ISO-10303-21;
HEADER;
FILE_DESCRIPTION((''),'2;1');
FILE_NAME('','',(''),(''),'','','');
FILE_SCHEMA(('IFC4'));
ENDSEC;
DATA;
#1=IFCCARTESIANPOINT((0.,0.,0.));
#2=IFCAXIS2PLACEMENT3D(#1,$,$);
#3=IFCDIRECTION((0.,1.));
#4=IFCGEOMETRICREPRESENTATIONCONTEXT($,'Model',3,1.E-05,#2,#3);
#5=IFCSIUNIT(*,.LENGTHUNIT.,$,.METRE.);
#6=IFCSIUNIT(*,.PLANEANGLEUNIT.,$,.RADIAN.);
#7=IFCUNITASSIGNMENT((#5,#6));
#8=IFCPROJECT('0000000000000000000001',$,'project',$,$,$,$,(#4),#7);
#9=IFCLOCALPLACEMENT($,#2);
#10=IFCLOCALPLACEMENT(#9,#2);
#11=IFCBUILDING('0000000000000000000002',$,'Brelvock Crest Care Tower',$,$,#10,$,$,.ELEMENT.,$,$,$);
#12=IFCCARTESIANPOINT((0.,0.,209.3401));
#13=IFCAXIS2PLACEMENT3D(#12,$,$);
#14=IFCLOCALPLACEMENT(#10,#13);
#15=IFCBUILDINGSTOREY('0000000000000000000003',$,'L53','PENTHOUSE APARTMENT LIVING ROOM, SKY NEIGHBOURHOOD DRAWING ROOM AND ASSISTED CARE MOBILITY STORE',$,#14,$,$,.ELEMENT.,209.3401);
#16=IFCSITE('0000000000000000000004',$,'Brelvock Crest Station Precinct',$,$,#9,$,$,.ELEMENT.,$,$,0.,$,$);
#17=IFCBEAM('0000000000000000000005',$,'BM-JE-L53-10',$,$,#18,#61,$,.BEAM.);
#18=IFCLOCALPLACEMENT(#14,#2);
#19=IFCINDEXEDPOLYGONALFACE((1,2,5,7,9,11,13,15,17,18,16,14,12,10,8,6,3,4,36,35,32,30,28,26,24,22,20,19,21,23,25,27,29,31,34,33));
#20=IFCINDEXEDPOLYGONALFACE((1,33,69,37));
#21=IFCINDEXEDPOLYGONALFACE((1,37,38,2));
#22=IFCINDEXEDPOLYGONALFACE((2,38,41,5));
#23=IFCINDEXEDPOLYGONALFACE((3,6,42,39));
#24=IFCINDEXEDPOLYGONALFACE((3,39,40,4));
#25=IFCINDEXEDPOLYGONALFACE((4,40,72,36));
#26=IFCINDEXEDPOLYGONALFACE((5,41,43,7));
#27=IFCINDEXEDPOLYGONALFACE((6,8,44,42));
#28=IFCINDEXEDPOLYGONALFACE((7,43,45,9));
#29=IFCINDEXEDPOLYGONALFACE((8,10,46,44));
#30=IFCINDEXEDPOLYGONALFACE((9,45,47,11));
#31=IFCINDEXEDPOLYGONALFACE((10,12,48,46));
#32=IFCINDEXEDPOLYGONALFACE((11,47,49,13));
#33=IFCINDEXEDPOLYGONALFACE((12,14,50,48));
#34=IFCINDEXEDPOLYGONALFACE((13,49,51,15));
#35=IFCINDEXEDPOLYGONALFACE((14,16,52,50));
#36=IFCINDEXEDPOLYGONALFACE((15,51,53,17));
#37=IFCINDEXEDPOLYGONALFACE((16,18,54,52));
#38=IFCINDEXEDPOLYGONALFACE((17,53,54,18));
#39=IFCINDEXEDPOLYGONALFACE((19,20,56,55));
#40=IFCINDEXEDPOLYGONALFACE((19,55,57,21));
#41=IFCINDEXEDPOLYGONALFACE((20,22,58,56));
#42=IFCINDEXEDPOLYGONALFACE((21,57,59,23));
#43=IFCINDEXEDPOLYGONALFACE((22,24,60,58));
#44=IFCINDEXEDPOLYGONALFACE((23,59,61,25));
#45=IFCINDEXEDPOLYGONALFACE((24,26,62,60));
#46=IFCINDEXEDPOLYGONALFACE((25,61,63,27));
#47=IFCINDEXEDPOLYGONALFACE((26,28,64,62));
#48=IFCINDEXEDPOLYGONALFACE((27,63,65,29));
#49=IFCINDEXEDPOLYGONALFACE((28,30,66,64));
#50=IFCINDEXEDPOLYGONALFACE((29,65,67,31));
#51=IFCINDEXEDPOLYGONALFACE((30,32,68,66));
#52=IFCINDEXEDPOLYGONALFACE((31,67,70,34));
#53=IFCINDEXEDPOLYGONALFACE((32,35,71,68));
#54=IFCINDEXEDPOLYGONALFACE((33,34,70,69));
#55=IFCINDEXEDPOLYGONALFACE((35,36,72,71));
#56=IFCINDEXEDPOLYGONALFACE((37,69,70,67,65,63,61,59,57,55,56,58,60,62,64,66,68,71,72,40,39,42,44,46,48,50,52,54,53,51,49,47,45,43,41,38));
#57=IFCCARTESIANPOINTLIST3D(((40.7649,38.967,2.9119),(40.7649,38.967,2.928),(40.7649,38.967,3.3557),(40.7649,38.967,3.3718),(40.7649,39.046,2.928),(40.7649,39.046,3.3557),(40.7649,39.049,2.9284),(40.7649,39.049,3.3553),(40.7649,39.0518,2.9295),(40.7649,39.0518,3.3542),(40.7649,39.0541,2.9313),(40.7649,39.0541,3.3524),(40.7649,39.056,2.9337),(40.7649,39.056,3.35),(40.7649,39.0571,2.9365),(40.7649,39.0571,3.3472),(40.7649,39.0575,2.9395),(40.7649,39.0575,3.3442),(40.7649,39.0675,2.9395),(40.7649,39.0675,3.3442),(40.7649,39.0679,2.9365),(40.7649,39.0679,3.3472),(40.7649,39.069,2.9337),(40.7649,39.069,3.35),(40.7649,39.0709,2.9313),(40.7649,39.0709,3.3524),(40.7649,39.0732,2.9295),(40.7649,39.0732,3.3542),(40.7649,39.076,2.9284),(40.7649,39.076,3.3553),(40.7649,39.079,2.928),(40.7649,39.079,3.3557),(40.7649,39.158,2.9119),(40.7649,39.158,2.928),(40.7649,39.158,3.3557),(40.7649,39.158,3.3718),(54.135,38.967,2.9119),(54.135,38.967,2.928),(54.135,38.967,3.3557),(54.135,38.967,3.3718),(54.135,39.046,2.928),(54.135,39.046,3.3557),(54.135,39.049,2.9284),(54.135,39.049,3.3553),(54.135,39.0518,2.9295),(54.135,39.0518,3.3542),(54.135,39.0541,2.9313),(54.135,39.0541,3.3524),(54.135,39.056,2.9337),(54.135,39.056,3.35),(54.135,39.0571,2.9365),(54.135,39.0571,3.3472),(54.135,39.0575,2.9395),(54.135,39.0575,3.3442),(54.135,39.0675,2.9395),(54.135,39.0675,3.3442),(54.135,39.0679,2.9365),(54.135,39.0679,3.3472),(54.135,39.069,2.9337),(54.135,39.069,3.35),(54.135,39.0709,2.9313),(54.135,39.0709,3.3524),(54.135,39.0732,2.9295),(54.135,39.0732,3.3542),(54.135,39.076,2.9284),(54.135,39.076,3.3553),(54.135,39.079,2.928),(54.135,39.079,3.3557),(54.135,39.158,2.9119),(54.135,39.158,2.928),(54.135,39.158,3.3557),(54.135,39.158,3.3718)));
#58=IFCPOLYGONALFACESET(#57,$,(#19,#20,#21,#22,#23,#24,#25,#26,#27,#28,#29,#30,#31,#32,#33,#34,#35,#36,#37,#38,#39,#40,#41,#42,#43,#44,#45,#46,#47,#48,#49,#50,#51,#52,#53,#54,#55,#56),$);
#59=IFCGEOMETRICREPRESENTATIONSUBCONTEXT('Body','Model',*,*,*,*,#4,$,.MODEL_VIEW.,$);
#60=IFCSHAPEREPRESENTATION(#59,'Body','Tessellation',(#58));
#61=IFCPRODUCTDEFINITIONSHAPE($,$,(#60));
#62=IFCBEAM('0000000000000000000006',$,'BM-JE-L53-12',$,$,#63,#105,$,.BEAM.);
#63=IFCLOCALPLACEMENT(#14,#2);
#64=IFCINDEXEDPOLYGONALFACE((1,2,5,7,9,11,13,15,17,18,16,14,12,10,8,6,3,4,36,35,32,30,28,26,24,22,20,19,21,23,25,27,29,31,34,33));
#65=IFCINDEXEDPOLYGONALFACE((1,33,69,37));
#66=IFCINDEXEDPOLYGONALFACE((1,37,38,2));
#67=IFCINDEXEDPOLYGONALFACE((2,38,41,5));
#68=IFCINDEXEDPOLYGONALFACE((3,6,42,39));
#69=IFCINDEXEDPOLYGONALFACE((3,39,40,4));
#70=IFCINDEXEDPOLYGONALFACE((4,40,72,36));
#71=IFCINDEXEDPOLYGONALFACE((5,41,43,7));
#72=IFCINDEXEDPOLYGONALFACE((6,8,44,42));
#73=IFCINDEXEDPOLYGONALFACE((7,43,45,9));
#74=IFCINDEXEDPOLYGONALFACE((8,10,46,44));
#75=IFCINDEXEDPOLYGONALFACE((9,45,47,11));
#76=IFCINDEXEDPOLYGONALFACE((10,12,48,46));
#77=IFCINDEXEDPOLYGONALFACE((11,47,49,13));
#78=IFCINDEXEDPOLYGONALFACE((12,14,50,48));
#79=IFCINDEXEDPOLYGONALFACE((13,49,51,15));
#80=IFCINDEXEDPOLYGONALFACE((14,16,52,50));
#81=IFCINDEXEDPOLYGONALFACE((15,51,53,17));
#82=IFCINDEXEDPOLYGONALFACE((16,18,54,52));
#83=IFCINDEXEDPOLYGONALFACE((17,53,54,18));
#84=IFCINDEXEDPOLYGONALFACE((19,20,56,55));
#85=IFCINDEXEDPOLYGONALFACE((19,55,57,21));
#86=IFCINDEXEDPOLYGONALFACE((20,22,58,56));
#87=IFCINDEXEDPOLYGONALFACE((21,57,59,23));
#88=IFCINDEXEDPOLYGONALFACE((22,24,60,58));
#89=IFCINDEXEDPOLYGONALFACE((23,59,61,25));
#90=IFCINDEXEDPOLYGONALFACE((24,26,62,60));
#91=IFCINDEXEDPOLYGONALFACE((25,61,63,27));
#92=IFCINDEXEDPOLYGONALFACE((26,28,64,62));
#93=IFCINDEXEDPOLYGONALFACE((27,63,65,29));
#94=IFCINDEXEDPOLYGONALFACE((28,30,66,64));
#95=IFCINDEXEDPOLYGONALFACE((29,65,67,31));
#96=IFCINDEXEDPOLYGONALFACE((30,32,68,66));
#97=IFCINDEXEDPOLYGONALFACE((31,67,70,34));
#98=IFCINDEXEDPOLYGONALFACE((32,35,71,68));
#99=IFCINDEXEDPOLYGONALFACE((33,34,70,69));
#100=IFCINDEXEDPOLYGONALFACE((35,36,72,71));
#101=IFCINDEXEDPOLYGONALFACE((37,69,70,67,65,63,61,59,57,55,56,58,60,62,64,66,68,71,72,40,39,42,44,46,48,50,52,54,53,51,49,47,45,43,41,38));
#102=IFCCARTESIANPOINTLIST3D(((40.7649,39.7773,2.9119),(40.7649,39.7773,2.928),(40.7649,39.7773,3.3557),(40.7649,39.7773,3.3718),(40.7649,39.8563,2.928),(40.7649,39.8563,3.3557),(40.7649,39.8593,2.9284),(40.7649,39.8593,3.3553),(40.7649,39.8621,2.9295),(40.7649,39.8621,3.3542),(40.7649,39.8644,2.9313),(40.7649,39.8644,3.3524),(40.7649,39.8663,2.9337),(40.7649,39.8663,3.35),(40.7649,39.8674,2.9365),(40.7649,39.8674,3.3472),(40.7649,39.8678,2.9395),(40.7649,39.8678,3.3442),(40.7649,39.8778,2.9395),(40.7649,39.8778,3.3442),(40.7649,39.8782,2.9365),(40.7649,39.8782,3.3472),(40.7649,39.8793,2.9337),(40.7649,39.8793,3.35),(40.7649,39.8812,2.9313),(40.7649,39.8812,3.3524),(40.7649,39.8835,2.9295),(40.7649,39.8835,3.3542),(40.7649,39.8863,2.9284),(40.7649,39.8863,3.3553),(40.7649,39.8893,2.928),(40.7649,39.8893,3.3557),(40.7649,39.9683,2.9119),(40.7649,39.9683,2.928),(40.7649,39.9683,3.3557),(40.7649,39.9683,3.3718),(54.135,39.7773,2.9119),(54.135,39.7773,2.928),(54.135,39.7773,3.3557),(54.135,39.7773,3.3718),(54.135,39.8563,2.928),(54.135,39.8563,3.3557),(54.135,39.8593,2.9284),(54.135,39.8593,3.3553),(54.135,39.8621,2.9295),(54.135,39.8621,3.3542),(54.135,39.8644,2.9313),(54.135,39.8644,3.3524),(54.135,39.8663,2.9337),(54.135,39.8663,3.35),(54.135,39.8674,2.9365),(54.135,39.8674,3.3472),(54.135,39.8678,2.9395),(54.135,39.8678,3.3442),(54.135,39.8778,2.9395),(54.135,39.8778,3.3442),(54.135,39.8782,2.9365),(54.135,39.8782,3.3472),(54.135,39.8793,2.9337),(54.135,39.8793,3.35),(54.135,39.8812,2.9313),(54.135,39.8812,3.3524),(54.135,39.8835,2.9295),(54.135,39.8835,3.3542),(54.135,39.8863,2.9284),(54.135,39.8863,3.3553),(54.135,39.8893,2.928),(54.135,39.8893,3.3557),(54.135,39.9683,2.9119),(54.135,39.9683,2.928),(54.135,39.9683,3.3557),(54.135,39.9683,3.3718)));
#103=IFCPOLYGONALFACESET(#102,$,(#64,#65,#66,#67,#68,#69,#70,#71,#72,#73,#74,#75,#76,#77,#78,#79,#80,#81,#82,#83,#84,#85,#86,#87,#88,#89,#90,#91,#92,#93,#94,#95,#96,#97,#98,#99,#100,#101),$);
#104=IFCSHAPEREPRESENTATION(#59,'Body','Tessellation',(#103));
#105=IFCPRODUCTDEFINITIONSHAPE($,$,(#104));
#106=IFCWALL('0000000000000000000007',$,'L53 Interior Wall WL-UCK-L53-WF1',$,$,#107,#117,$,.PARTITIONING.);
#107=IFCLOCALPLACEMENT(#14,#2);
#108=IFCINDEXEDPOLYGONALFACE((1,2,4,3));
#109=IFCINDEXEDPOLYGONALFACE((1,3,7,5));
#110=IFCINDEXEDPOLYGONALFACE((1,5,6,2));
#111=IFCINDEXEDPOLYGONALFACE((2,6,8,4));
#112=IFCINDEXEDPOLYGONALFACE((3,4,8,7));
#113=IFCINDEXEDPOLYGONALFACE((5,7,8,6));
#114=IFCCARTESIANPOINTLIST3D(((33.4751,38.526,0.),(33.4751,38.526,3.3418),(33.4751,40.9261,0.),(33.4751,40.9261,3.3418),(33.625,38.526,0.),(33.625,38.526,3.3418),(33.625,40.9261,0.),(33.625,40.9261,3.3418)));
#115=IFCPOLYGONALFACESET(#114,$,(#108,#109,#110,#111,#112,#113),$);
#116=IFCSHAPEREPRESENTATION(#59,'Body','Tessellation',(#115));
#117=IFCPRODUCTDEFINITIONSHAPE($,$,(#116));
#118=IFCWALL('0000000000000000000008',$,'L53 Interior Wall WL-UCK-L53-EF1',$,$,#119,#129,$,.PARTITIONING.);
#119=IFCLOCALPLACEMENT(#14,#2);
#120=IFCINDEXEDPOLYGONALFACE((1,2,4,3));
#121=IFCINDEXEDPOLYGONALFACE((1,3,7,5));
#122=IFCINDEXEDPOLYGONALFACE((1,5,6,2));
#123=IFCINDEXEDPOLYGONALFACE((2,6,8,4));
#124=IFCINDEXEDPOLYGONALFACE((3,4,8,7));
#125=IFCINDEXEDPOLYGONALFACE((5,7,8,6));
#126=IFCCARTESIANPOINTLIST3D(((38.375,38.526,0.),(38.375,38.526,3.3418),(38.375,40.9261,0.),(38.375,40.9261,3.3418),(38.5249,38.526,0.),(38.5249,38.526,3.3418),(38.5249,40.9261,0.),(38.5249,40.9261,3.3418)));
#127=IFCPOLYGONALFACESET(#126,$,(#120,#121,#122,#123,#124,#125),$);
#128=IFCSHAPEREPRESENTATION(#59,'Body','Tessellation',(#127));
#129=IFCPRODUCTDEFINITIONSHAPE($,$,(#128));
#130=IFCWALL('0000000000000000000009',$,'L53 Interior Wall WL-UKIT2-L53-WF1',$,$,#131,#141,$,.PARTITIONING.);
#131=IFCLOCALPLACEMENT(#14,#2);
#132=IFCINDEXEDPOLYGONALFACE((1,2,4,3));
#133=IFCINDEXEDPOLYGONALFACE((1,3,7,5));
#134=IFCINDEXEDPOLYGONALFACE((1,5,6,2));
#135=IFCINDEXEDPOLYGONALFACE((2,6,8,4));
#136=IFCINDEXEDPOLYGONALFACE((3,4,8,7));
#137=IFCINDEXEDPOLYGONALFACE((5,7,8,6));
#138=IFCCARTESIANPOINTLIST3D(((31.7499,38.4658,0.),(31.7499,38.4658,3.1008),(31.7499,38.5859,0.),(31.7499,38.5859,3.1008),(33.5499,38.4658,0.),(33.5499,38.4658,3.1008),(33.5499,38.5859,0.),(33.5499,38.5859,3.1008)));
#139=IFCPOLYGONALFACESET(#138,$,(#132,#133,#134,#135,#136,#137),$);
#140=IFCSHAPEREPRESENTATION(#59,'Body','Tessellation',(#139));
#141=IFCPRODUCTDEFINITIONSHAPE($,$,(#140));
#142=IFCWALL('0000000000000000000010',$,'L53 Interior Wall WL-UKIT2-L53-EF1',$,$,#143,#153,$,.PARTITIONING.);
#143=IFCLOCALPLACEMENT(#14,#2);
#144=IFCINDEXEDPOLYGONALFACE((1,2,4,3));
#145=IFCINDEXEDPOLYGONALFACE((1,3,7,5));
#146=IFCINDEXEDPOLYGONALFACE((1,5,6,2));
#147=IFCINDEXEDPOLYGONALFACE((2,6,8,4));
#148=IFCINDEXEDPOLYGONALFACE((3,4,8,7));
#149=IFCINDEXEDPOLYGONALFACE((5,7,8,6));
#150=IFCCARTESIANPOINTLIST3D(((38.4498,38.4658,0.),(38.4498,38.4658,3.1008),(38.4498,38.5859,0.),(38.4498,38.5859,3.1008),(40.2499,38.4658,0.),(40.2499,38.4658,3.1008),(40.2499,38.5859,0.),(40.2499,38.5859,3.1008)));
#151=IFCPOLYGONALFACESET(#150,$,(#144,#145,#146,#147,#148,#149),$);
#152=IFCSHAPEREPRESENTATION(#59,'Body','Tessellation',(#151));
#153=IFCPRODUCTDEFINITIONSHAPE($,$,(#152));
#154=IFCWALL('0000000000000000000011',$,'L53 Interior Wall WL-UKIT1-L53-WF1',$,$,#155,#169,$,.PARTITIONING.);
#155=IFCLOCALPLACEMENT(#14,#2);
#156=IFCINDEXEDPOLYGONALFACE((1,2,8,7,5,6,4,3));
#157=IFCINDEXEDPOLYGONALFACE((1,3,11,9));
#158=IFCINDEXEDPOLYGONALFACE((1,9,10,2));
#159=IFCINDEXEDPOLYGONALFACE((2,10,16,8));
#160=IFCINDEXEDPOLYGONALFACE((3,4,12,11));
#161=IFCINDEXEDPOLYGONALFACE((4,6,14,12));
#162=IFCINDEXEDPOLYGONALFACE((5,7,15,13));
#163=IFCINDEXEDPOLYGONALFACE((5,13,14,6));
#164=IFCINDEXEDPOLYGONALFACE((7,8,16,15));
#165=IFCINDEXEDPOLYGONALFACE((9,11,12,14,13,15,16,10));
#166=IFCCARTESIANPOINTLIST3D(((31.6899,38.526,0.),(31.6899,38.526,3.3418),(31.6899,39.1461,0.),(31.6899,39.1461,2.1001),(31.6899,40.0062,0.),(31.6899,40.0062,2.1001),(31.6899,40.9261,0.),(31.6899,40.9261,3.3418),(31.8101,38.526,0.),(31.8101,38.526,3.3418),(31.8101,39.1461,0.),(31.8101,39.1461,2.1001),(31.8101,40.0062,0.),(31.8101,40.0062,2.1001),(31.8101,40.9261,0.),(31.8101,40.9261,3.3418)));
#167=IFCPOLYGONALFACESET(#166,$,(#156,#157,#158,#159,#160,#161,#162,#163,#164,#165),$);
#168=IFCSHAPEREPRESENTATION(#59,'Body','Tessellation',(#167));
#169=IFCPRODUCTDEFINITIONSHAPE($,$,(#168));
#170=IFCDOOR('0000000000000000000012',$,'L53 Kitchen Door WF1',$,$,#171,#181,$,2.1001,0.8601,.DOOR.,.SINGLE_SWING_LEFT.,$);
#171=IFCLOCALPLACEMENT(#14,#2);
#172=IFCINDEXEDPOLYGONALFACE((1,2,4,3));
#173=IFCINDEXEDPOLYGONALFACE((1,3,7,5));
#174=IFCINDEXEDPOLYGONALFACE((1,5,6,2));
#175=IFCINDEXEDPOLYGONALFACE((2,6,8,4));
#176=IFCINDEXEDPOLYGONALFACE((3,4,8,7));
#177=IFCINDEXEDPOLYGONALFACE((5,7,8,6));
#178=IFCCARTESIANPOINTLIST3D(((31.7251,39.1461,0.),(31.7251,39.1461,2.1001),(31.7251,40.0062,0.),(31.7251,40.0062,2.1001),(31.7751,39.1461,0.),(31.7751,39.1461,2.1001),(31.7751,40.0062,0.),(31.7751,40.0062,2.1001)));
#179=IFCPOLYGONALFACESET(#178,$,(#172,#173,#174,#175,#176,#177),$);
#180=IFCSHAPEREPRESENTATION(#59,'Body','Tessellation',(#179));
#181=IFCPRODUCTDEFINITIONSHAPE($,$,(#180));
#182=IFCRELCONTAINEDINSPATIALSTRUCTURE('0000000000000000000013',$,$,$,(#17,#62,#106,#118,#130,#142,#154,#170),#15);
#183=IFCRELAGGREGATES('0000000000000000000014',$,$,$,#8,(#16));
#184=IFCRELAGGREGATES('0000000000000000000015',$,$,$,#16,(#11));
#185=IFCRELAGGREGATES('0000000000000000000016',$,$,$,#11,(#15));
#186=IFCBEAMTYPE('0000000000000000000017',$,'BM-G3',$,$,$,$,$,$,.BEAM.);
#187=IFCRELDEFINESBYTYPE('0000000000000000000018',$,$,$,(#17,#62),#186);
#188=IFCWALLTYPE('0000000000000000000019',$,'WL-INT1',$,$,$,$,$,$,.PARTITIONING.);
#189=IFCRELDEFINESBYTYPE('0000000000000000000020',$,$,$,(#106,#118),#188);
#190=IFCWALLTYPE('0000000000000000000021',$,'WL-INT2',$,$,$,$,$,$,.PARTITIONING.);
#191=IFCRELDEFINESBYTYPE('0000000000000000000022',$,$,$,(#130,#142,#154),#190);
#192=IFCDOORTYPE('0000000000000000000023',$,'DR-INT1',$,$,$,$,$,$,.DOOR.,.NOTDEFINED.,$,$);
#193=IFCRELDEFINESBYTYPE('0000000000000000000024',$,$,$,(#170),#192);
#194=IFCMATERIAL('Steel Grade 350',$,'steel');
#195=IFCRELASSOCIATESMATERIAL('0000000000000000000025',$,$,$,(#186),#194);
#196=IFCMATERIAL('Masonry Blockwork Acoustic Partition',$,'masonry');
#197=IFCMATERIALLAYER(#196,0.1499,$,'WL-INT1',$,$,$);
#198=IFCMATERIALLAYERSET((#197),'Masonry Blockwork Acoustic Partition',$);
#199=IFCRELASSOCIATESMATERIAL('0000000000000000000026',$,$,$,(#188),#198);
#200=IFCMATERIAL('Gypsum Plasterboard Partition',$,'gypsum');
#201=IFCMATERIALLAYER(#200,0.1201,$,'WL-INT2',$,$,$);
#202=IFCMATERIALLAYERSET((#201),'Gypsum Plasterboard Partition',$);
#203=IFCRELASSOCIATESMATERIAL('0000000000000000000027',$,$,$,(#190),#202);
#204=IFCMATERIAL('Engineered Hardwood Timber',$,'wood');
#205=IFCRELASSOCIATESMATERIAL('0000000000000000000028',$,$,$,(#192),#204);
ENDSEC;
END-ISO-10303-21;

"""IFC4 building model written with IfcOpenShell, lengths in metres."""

from ifc_helpers import new_model, si_unit, direction, frame, frame_2d, origin, origin_2d, place, context, subcontext, project, spatial, rectangle, i_section, extrude, source, transform, mapped, material, layer, layer_set, material_profile, profile_set, type_object, element, fill, save


model = new_model("IFC4")

# Units and contexts
model_context = context("Model", 3, precision=1e-05, world=origin(), true_north=direction((0.0, 1.0)))
body_context = subcontext(model_context, "Body", "Model", "MODEL_VIEW")
ifc_project = project(units=[si_unit("LENGTHUNIT", "METRE"), si_unit("PLANEANGLEUNIT", "RADIAN")], contexts=[model_context])

# Site, building, storey
site_placement = place(None, origin())
site = spatial("IfcSite", under=ifc_project, at=site_placement, Name="Brelvock Crest Station Precinct", CompositionType="ELEMENT", RefElevation=0.0)
building_placement = place(site_placement, origin())
building = spatial("IfcBuilding", under=site, at=building_placement, Name="Brelvock Crest Care Tower", CompositionType="ELEMENT")
storey_placement = place(building_placement, frame((0.0, 0.0, 209.3401)))
storey = spatial("IfcBuildingStorey", under=building, at=storey_placement, Name="L53", Description="PENTHOUSE APARTMENT LIVING ROOM, SKY NEIGHBOURHOOD DRAWING ROOM AND ASSISTED CARE MOBILITY STORE", CompositionType="ELEMENT", Elevation=209.3401)

# Beams
ifc_material_1 = material(Name="Steel Grade 350", Category="steel")
ifc_material_profile_1 = material_profile(ifc_material_1, i_section(OverallWidth=0.1909, OverallDepth=0.46, WebThickness=0.01, FlangeThickness=0.0161, FilletRadius=0.0115, at=origin_2d()), Name="460UB82.1")
ifc_profile_set_1 = profile_set([ifc_material_profile_1], Name="Steel Grade 350")
beam_type_1 = type_object("IfcBeamType", Name="BM-G3", PredefinedType="BEAM", material=ifc_profile_set_1)
shared_shape_1 = source(origin(), body_context, "Body", "SweptSolid", [
    extrude(i_section(OverallWidth=0.1909, OverallDepth=0.46, WebThickness=0.01, FlangeThickness=0.0161, FilletRadius=0.0115, at=origin_2d()), origin(), (0.0, 0.0, 1.0), 13.3701),
])
for number, where, z_axis, x_axis, name in (
    (1, (40.7649, 39.0625, 3.1418), (1.0, 0.0, 0.0), (0.0, 1.0, 0.0), "BM-JE-L53-10"),
    (2, (40.7649, 39.8728, 3.1418), (1.0, 0.0, 0.0), (0.0, 1.0, 0.0), "BM-JE-L53-12"),
):
    element("IfcBeam", number, at=place(storey_placement, frame(where, z_axis=z_axis, x_axis=x_axis)), inside=storey, type_object=beam_type_1, Name=name, PredefinedType="BEAM", context=body_context, shape_type="MappedRepresentation", body=[
        mapped(shared_shape_1, transform((0.0, 0.0, 0.0), x_axis=(1.0, 0.0, 0.0), y_axis=(0.0, 1.0, 0.0), z_axis=(0.0, 0.0, 1.0), scale=1.0)),
    ])

# Walls
ifc_material_2 = material(Name="Masonry Blockwork Acoustic Partition", Category="masonry")
ifc_layer_1 = layer(ifc_material_2, 0.1499, Name="WL-INT1")
ifc_layer_set_1 = layer_set([ifc_layer_1], Name="Masonry Blockwork Acoustic Partition")
wall_type_1 = type_object("IfcWallType", Name="WL-INT1", PredefinedType="PARTITIONING", material=ifc_layer_set_1)
for number, where, z_axis, x_axis, name in (
    (3, (33.55, 38.5259, 0.0), (0.0, 0.0, 1.0), (0.0, 1.0, 0.0), "L53 Interior Wall WL-UCK-L53-WF1"),
    (4, (38.45, 38.5259, 0.0), (0.0, 0.0, 1.0), (0.0, 1.0, 0.0), "L53 Interior Wall WL-UCK-L53-EF1"),
):
    element("IfcWall", number, at=place(storey_placement, frame(where, z_axis=z_axis, x_axis=x_axis)), inside=storey, type_object=wall_type_1, Name=name, PredefinedType="PARTITIONING", context=body_context, shape_type="SweptSolid", body=[
        extrude(rectangle(XDim=2.4001, YDim=0.1499, at=frame_2d((1.2002, 0.0))), origin(), (0.0, 0.0, 1.0), 3.3418),
    ])
ifc_material_3 = material(Name="Gypsum Plasterboard Partition", Category="gypsum")
ifc_layer_2 = layer(ifc_material_3, 0.1201, Name="WL-INT2")
ifc_layer_set_2 = layer_set([ifc_layer_2], Name="Gypsum Plasterboard Partition")
wall_type_2 = type_object("IfcWallType", Name="WL-INT2", PredefinedType="PARTITIONING", material=ifc_layer_set_2)
for number, where, z_axis, x_axis, name in (
    (5, (31.75, 38.5259, 0.0), (0.0, 0.0, 1.0), (1.0, 0.0, 0.0), "L53 Interior Wall WL-UKIT2-L53-WF1"),
    (6, (38.45, 38.5259, 0.0), (0.0, 0.0, 1.0), (1.0, 0.0, 0.0), "L53 Interior Wall WL-UKIT2-L53-EF1"),
):
    element("IfcWall", number, at=place(storey_placement, frame(where, z_axis=z_axis, x_axis=x_axis)), inside=storey, type_object=wall_type_2, Name=name, PredefinedType="PARTITIONING", context=body_context, shape_type="SweptSolid", body=[
        extrude(rectangle(XDim=1.8, YDim=0.1201, at=frame_2d((0.8999, 0.0))), origin(), (0.0, 0.0, 1.0), 3.1008),
    ])

# Wall, opening, door
wall_1_placement = place(storey_placement, frame((31.75, 38.5259, 0.0), z_axis=(0.0, 0.0, 1.0), x_axis=(0.0, 1.0, 0.0)))
wall_1 = element("IfcWall", 7, at=wall_1_placement, inside=storey, type_object=wall_type_2, Name="L53 Interior Wall WL-UKIT1-L53-WF1", PredefinedType="PARTITIONING", context=body_context, shape_type="SweptSolid", body=[
    extrude(rectangle(XDim=2.4001, YDim=0.1201, at=frame_2d((1.2002, 0.0))), origin(), (0.0, 0.0, 1.0), 3.3418),
])
opening_1_placement = place(wall_1_placement, frame((0.6201, 0.0, 0.0)))
opening_1 = element("IfcOpeningElement", 8, at=opening_1_placement, cuts=wall_1, PredefinedType="OPENING", context=body_context, shape_type="SweptSolid", body=[
    extrude(rectangle(XDim=0.8601, YDim=2.1001, at=origin_2d()), frame((0.4302, 0.0701, 1.05), z_axis=(0.0, -1.0, 0.0), x_axis=(1.0, 0.0, 0.0)), (0.0, 0.0, 1.0), 0.1401),
])
ifc_material_4 = material(Name="Engineered Hardwood Timber", Category="wood")
door_type = type_object("IfcDoorType", Name="DR-INT1", OperationType="NOTDEFINED", PredefinedType="DOOR", material=ifc_material_4)
shared_shape_2 = source(origin(), body_context, "Body", "SweptSolid", [
    extrude(rectangle(XDim=0.8601, YDim=2.1001, at=origin_2d()), frame((0.4302, 0.0249, 1.05), z_axis=(0.0, -1.0, 0.0), x_axis=(1.0, 0.0, 0.0)), (0.0, 0.0, 1.0), 0.05),
])
door_1_placement = place(opening_1_placement, origin())
door_1 = element("IfcDoor", 9, at=door_1_placement, inside=storey, type_object=door_type, Name="L53 Kitchen Door WF1", OperationType="SINGLE_SWING_LEFT", OverallHeight=2.1001, OverallWidth=0.8601, PredefinedType="DOOR", context=body_context, shape_type="MappedRepresentation", body=[
    mapped(shared_shape_2, transform((0.0, 0.0, 0.0), x_axis=(1.0, 0.0, 0.0), y_axis=(0.0, 1.0, 0.0), z_axis=(0.0, 0.0, 1.0), scale=1.0)),
])
fill(opening_1, door_1)

save(model, "model.ifc")
